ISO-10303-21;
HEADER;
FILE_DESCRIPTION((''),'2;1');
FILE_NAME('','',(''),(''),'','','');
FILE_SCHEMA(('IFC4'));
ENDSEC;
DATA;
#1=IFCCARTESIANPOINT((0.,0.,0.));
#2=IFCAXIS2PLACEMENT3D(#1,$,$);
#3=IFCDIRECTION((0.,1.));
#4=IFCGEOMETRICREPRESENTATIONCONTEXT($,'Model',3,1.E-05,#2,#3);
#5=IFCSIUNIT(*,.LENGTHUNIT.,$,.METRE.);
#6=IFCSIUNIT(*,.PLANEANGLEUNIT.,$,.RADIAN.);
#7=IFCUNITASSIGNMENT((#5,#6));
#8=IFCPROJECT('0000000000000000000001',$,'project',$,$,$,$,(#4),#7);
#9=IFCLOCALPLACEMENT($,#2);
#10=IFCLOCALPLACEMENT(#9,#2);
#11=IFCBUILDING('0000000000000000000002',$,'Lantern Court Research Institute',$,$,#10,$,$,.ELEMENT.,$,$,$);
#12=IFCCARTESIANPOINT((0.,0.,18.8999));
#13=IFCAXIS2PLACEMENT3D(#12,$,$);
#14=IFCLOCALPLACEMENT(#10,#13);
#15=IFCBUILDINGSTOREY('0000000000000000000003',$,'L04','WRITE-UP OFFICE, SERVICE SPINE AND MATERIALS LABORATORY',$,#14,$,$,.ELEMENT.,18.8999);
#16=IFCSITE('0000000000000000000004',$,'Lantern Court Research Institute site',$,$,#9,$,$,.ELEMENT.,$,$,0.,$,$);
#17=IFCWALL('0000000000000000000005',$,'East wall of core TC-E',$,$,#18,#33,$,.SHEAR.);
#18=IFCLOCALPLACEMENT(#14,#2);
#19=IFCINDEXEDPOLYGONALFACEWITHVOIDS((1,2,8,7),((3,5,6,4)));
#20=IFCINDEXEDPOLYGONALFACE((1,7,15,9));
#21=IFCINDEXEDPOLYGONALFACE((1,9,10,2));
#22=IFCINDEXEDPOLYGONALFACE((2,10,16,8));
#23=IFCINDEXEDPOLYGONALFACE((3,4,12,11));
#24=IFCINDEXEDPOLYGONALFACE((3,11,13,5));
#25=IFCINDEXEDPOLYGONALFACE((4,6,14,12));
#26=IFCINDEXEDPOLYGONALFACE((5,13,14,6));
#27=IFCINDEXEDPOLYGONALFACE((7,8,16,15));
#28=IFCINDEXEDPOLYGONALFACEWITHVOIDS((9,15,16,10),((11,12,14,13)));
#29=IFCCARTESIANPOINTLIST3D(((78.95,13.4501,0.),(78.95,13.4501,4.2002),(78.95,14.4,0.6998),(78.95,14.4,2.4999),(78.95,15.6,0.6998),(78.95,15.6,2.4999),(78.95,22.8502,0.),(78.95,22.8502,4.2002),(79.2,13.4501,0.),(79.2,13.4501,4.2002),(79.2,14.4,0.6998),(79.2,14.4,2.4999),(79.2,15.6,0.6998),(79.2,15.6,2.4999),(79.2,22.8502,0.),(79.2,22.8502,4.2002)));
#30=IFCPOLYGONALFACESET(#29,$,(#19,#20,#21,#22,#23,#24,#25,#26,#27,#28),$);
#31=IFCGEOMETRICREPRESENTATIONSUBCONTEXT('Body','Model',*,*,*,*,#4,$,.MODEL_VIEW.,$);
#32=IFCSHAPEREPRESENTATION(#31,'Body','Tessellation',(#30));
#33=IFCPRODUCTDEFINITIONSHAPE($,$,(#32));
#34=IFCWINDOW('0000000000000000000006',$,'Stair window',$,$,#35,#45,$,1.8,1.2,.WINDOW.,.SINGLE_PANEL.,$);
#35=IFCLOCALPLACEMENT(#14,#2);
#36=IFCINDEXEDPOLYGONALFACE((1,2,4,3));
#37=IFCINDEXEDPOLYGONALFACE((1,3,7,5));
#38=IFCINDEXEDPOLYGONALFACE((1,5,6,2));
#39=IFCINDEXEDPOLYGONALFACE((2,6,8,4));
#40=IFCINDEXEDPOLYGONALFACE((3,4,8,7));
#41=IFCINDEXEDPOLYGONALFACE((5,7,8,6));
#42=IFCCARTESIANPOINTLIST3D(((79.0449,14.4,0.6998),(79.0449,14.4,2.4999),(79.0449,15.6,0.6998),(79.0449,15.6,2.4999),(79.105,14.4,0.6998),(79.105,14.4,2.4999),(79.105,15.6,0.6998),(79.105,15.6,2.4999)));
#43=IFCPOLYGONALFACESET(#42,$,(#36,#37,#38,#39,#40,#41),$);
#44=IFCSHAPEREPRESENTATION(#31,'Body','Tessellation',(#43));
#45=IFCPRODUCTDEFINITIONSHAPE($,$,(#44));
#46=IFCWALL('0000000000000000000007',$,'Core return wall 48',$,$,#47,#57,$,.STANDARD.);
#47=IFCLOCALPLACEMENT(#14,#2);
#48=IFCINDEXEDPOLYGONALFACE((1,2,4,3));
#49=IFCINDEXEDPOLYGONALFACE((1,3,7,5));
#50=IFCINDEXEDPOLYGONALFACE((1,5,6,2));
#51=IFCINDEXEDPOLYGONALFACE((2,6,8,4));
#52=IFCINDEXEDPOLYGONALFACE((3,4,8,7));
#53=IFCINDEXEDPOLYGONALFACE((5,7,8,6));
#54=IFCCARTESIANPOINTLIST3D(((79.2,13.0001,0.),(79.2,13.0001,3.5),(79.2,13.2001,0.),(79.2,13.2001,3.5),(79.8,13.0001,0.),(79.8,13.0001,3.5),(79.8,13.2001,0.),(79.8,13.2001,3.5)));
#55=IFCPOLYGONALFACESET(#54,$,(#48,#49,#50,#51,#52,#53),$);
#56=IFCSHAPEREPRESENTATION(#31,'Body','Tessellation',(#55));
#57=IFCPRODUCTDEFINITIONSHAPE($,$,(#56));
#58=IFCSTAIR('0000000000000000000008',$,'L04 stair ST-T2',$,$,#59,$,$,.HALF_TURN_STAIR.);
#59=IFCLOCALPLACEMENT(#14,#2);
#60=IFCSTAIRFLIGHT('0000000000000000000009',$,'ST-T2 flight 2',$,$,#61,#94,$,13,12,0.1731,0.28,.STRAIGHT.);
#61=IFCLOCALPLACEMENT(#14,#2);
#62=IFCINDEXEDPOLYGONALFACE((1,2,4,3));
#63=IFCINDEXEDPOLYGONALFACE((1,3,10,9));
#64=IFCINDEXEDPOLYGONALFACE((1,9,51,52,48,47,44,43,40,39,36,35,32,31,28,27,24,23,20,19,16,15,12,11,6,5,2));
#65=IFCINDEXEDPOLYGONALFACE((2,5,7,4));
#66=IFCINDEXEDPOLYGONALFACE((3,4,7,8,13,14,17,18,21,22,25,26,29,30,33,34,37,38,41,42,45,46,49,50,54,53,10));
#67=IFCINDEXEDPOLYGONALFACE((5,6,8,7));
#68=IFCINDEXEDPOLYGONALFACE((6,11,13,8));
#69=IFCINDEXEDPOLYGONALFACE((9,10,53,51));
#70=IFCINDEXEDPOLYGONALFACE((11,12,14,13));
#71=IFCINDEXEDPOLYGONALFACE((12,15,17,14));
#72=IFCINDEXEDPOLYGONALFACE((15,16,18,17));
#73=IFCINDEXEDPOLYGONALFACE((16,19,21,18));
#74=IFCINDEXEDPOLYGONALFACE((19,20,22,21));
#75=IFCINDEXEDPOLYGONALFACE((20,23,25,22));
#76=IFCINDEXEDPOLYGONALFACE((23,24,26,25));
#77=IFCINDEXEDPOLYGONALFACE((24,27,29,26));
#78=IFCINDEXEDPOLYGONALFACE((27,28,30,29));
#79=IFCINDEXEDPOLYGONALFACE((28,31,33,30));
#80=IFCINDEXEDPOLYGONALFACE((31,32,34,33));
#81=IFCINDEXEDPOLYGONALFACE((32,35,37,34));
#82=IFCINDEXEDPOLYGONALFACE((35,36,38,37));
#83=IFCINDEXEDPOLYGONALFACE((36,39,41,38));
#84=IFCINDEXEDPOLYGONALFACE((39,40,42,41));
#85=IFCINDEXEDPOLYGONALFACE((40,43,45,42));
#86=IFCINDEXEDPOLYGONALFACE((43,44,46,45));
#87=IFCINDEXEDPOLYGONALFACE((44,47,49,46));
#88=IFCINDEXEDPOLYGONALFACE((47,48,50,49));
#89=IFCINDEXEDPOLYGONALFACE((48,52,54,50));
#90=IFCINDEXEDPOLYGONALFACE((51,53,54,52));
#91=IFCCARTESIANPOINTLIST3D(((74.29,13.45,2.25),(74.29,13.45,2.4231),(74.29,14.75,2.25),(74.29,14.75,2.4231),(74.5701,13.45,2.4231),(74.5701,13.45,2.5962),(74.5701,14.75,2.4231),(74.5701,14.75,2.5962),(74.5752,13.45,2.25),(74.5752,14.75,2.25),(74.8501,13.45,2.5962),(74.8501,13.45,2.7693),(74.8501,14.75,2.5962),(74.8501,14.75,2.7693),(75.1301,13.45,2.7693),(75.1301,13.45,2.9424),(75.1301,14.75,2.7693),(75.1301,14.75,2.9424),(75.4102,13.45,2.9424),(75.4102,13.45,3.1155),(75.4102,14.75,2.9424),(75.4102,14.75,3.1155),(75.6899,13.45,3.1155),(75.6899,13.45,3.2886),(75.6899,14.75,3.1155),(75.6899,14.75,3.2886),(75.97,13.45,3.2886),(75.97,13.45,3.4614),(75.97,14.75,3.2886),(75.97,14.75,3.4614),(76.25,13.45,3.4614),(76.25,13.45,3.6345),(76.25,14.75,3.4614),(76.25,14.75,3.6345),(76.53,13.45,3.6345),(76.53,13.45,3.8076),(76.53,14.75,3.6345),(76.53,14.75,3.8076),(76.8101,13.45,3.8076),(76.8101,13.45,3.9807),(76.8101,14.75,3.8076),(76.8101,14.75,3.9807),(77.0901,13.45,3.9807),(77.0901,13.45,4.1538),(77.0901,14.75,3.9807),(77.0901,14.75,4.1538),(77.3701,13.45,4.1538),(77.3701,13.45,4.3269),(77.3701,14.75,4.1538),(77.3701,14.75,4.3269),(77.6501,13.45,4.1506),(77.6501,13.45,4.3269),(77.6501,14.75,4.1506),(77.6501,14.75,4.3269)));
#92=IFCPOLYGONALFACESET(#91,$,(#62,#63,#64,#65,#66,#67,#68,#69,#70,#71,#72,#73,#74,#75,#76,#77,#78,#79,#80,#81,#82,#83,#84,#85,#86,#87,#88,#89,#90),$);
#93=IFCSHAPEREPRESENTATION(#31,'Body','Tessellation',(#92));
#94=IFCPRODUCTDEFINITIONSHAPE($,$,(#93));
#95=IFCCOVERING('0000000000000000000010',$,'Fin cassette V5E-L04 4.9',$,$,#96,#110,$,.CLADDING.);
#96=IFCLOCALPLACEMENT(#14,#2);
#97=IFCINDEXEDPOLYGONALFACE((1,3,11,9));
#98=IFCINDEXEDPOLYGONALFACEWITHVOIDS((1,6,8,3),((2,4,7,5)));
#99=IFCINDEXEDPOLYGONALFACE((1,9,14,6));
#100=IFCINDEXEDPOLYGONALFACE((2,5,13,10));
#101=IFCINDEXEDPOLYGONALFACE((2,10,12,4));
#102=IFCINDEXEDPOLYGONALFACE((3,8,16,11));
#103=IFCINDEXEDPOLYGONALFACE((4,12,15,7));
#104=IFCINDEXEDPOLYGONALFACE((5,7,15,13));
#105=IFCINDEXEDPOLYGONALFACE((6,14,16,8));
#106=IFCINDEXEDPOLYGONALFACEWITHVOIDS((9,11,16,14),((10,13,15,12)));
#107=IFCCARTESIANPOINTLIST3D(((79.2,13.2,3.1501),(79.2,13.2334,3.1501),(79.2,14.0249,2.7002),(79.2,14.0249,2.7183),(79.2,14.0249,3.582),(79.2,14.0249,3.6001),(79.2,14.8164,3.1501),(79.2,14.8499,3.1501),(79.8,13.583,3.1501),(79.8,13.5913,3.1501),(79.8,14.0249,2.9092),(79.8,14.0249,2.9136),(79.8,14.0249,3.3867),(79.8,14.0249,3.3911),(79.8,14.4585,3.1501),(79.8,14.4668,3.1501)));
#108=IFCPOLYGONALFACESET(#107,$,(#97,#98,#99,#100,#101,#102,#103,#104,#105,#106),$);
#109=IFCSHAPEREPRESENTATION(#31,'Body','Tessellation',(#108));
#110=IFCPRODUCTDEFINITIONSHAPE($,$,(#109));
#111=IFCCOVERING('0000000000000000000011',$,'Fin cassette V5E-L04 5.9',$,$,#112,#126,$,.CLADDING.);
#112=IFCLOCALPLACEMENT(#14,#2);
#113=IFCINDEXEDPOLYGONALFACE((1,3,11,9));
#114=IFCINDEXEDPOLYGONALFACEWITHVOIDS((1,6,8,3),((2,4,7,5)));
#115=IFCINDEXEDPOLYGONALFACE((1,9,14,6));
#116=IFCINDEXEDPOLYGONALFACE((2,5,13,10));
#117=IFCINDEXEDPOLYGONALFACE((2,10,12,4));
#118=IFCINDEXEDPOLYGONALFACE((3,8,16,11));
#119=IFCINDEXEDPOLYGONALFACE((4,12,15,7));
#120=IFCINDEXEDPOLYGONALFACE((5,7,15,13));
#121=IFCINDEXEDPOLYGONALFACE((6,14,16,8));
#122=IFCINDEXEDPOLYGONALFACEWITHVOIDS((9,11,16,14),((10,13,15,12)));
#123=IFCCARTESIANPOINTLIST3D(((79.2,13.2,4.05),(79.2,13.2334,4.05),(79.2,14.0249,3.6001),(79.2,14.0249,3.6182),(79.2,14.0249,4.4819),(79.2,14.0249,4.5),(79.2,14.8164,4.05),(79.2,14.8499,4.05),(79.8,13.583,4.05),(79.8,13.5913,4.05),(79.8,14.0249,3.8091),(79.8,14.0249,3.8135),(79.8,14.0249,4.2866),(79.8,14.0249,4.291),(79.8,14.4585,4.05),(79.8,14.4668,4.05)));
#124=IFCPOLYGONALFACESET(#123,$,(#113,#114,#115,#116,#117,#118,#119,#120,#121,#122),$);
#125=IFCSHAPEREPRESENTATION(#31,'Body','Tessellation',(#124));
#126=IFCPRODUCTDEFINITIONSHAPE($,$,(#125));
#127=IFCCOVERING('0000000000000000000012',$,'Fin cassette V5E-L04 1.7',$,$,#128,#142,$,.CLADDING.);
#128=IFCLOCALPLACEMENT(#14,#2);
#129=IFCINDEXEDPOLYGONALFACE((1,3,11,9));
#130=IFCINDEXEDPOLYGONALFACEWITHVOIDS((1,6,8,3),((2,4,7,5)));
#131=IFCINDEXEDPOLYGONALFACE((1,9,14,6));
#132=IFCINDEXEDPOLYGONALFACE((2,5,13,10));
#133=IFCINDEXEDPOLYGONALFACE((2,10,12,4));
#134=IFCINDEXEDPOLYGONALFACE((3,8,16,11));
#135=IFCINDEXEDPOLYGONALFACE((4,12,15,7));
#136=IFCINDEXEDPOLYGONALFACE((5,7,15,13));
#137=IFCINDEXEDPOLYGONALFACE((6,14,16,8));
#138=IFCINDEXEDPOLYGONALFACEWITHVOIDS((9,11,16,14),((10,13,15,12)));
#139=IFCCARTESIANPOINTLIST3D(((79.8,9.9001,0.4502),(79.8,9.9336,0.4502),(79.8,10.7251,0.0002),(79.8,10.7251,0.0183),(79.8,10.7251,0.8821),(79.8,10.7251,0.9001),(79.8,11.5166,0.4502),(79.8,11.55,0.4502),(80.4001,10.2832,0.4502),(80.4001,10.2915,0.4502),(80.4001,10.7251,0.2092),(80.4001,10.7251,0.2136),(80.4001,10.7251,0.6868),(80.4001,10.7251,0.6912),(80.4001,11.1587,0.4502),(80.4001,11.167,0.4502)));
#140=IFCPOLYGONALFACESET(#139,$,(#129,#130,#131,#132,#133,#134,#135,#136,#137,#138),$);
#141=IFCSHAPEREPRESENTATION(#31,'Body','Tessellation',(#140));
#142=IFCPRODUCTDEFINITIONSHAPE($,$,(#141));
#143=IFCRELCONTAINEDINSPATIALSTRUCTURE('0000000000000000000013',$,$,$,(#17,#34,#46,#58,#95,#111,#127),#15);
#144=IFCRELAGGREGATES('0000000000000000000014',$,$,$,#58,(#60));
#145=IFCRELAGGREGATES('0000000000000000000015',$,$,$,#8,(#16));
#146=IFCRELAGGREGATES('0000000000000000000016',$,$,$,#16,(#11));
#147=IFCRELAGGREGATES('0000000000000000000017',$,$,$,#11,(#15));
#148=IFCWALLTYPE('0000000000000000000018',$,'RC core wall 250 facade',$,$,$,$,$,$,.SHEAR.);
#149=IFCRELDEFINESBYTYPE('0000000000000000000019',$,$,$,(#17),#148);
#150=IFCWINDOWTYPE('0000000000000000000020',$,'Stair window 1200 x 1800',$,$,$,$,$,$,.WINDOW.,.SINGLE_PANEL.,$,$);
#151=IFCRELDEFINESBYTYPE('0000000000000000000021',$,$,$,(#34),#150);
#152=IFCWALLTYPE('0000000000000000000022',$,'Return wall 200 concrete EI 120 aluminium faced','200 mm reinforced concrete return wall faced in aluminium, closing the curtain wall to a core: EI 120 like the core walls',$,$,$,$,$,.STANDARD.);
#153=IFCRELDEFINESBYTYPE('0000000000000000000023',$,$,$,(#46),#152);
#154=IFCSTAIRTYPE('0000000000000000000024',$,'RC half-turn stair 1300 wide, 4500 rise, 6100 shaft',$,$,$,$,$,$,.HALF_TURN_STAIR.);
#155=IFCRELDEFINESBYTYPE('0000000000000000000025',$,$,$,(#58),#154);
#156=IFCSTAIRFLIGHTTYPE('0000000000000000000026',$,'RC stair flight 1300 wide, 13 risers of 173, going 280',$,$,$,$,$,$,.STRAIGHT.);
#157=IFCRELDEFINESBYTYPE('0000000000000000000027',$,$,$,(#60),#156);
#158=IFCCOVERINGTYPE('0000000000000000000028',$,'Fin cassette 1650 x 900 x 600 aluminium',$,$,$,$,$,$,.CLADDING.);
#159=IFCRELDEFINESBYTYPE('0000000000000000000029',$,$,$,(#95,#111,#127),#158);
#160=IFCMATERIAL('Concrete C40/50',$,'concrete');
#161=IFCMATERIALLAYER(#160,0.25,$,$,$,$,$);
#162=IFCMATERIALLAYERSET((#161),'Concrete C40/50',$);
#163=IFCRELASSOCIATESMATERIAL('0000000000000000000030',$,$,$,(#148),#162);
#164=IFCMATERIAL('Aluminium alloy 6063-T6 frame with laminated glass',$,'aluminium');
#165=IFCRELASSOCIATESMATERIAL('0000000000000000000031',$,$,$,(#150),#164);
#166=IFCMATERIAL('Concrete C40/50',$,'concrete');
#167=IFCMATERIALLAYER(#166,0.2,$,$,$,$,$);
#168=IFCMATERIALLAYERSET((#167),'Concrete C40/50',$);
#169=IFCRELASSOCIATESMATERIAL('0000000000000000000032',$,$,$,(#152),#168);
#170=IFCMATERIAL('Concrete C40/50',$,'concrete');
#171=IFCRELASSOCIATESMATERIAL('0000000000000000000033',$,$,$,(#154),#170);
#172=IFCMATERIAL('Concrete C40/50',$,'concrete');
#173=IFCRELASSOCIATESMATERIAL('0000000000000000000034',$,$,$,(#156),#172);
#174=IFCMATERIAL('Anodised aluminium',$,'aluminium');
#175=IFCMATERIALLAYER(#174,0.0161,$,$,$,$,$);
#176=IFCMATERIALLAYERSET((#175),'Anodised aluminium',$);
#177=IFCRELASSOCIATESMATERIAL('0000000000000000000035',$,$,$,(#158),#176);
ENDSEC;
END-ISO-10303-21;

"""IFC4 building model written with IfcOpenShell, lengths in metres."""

from ifc_helpers import new_model, entity, si_unit, direction, frame, frame_2d, origin, place, context, subcontext, project, spatial, polyline, rectangle, outline, extrude, material, layer, layer_set, type_object, element, fill, aggregate, save


model = new_model("IFC4")

# Units and contexts
model_context = context("Model", 3, precision=1e-05, world=origin(), true_north=direction((0.0, 1.0)))
body_context = subcontext(model_context, "Body", "Model", "MODEL_VIEW")
ifc_project = project(units=[si_unit("LENGTHUNIT", "METRE"), si_unit("PLANEANGLEUNIT", "RADIAN")], contexts=[model_context])

# Site, building, storey
site_placement = place(None, origin())
site = spatial("IfcSite", under=ifc_project, at=site_placement, Name="Lantern Court Research Institute site", CompositionType="ELEMENT", RefElevation=0.0)
building_placement = place(site_placement, origin())
building = spatial("IfcBuilding", under=site, at=building_placement, Name="Lantern Court Research Institute", CompositionType="ELEMENT")
storey_placement = place(building_placement, frame((0.0, 0.0, 18.8999)))
storey = spatial("IfcBuildingStorey", under=building, at=storey_placement, Name="L04", Description="WRITE-UP OFFICE, SERVICE SPINE AND MATERIALS LABORATORY", CompositionType="ELEMENT", Elevation=18.8999)

# Wall, opening, window
ifc_material_1 = material(Name="Concrete C40/50", Category="concrete")
ifc_layer_1 = layer(ifc_material_1, 0.25)
ifc_layer_set_1 = layer_set([ifc_layer_1], Name="Concrete C40/50")
wall_type_1 = type_object("IfcWallType", Name="RC core wall 250 facade", PredefinedType="SHEAR", material=ifc_layer_set_1)
wall_1_placement = place(storey_placement, frame((79.075, 13.45, 0.0), z_axis=(0.0, 0.0, 1.0), x_axis=(0.0, 1.0, 0.0)))
wall_1 = element("IfcWall", 1, at=wall_1_placement, inside=storey, type_object=wall_type_1, Name="East wall of core TC-E", PredefinedType="SHEAR", context=body_context, shape_type="SweptSolid", body=[
    extrude(rectangle(XDim=9.4001, YDim=0.25, at=frame_2d((4.7002, 0.0))), origin(), (0.0, 0.0, 1.0), 4.2002),
])
opening_1_placement = place(wall_1_placement, frame((0.95, 0.0, 0.7)))
opening_1 = element("IfcOpeningElement", 2, at=opening_1_placement, cuts=wall_1, PredefinedType="OPENING", context=body_context, shape_type="SweptSolid", body=[
    extrude(rectangle(XDim=1.2, YDim=1.8, at=frame_2d((0.6001, 0.8999))), frame((0.0, 0.135, 0.0), z_axis=(0.0, -1.0, 0.0), x_axis=(1.0, 0.0, 0.0)), (0.0, 0.0, 1.0), 0.27),
])
ifc_material_2 = material(Name="Aluminium alloy 6063-T6 frame with laminated glass", Category="aluminium")
window_type = type_object("IfcWindowType", Name="Stair window 1200 x 1800", PartitioningType="SINGLE_PANEL", PredefinedType="WINDOW", material=ifc_material_2)
window_placement = place(opening_1_placement, origin())
window = element("IfcWindow", 3, at=window_placement, inside=storey, type_object=window_type, Name="Stair window", OverallHeight=1.8, OverallWidth=1.2, PartitioningType="SINGLE_PANEL", PredefinedType="WINDOW", context=body_context, shape_type="SweptSolid", body=[
    extrude(rectangle(XDim=1.2, YDim=1.8, at=frame_2d((0.6001, 0.8999))), frame((0.0, 0.03, 0.0), z_axis=(0.0, -1.0, 0.0), x_axis=(1.0, 0.0, 0.0)), (0.0, 0.0, 1.0), 0.0601),
])
fill(opening_1, window)

# Wall
ifc_material_3 = material(Name="Concrete C40/50", Category="concrete")
ifc_layer_2 = layer(ifc_material_3, 0.2)
ifc_layer_set_2 = layer_set([ifc_layer_2], Name="Concrete C40/50")
wall_type_2 = type_object("IfcWallType", Name="Return wall 200 concrete EI 120 aluminium faced", Description="200 mm reinforced concrete return wall faced in aluminium, closing the curtain wall to a core: EI 120 like the core walls", PredefinedType="STANDARD", material=ifc_layer_set_2)
wall_2_placement = place(storey_placement, frame((79.2, 13.1001, 0.0), z_axis=(0.0, 0.0, 1.0), x_axis=(1.0, 0.0, 0.0)))
element("IfcWall", 4, at=wall_2_placement, inside=storey, type_object=wall_type_2, Name="Core return wall 48", PredefinedType="STANDARD", context=body_context, shape_type="SweptSolid", body=[
    extrude(rectangle(XDim=0.6001, YDim=0.2, at=frame_2d((0.3, 0.0))), origin(), (0.0, 0.0, 1.0), 3.5),
])

# Stair, stair flight
ifc_material_4 = material(Name="Concrete C40/50", Category="concrete")
stair_type = type_object("IfcStairType", Name="RC half-turn stair 1300 wide, 4500 rise, 6100 shaft", PredefinedType="HALF_TURN_STAIR", material=ifc_material_4)
stair_placement = place(storey_placement, origin())
stair = element("IfcStair", 5, at=stair_placement, inside=storey, type_object=stair_type, Name="L04 stair ST-T2", PredefinedType="HALF_TURN_STAIR")
ifc_material_5 = material(Name="Concrete C40/50", Category="concrete")
stair_flight_type = type_object("IfcStairFlightType", Name="RC stair flight 1300 wide, 13 risers of 173, going 280", PredefinedType="STRAIGHT", material=ifc_material_5)
stair_flight_placement = place(storey_placement, frame((74.29, 14.1001, 2.25), z_axis=(0.0, 0.0, 1.0), x_axis=(1.0, 0.0, 0.0)))
stair_flight = element("IfcStairFlight", 6, at=stair_flight_placement, type_object=stair_flight_type, Name="ST-T2 flight 2", NumberOfRisers=13, NumberOfTreads=12, PredefinedType="STRAIGHT", RiserHeight=0.1731, TreadLength=0.28, context=body_context, shape_type="SweptSolid", body=[
    extrude(outline(polyline([(0.0, 0.0), (0.0, 0.1731), (0.28, 0.1731), (0.28, 0.3462), (0.5601, 0.3462), (0.5601, 0.5193), (0.8401, 0.5193), (0.8401, 0.6924), (1.1201, 0.6924), (1.1201, 0.8655), (1.3999, 0.8655), (1.3999, 1.0386), (1.6799, 1.0386), (1.6799, 1.2114), (1.96, 1.2114), (1.96, 1.3845), (2.24, 1.3845), (2.24, 1.5576), (2.52, 1.5576), (2.52, 1.7307), (2.8, 1.7307), (2.8, 1.9038), (3.0801, 1.9038), (3.0801, 2.0769), (3.3601, 2.0769), (3.3601, 2.25), (3.3601, 1.9006), (0.2852, 0.0), (0.0, 0.0)])), frame((0.0, 0.6499, 0.0), z_axis=(0.0, -1.0, 0.0), x_axis=(1.0, 0.0, 0.0)), (0.0, 0.0, 1.0), 1.3),
])
aggregate(stair, [stair_flight])

# Coverings
ifc_material_6 = material(Name="Anodised aluminium", Category="aluminium")
ifc_layer_3 = layer(ifc_material_6, 0.0161)
ifc_layer_set_3 = layer_set([ifc_layer_3], Name="Anodised aluminium")
covering_type = type_object("IfcCoveringType", Name="Fin cassette 1650 x 900 x 600 aluminium", PredefinedType="CLADDING", material=ifc_layer_set_3)
covering_1_placement = place(storey_placement, frame((79.2, 14.0249, 3.1501), z_axis=(1.0, 0.0, 0.0), x_axis=(0.0, 1.0, 0.0)))
cartesian_point_1 = entity("IfcCartesianPoint", [0.825, 0.0])
cartesian_point_2 = entity("IfcCartesianPoint", [0.7915, 0.0])
cartesian_point_3 = entity("IfcCartesianPoint", [0.4419, 0.0])
cartesian_point_4 = entity("IfcCartesianPoint", [0.4336, 0.0])
element("IfcCovering", 7, at=covering_1_placement, inside=storey, type_object=covering_type, Name="Fin cassette V5E-L04 4.9", PredefinedType="CLADDING", context=body_context, shape_type="SweptSolid", body=[
    entity("IfcExtrudedAreaSolidTapered", entity("IfcArbitraryProfileDefWithVoids", "AREA", None, entity("IfcPolyline", [cartesian_point_1, entity("IfcCartesianPoint", [0.0, 0.45]), entity("IfcCartesianPoint", [-0.825, 0.0]), entity("IfcCartesianPoint", [0.0, -0.45]), cartesian_point_1]), [entity("IfcPolyline", [cartesian_point_2, entity("IfcCartesianPoint", [0.0, 0.4319]), entity("IfcCartesianPoint", [-0.7915, 0.0]), entity("IfcCartesianPoint", [0.0, -0.4319]), cartesian_point_2])]), entity("IfcAxis2Placement3D", entity("IfcCartesianPoint", [0.0, 0.0, 0.0])), entity("IfcDirection", [0.0, 0.0, 1.0]), 0.6001, entity("IfcArbitraryProfileDefWithVoids", "AREA", None, entity("IfcPolyline", [cartesian_point_3, entity("IfcCartesianPoint", [0.0, 0.241]), entity("IfcCartesianPoint", [-0.4419, 0.0]), entity("IfcCartesianPoint", [0.0, -0.241]), cartesian_point_3]), [entity("IfcPolyline", [cartesian_point_4, entity("IfcCartesianPoint", [0.0, 0.2366]), entity("IfcCartesianPoint", [-0.4336, 0.0]), entity("IfcCartesianPoint", [0.0, -0.2366]), cartesian_point_4])])),
])
covering_2_placement = place(storey_placement, frame((79.2, 14.0249, 4.05), z_axis=(1.0, 0.0, 0.0), x_axis=(0.0, 1.0, 0.0)))
cartesian_point_5 = entity("IfcCartesianPoint", [0.825, 0.0])
cartesian_point_6 = entity("IfcCartesianPoint", [0.7915, 0.0])
cartesian_point_7 = entity("IfcCartesianPoint", [0.4419, 0.0])
cartesian_point_8 = entity("IfcCartesianPoint", [0.4336, 0.0])
element("IfcCovering", 8, at=covering_2_placement, inside=storey, type_object=covering_type, Name="Fin cassette V5E-L04 5.9", PredefinedType="CLADDING", context=body_context, shape_type="SweptSolid", body=[
    entity("IfcExtrudedAreaSolidTapered", entity("IfcArbitraryProfileDefWithVoids", "AREA", None, entity("IfcPolyline", [cartesian_point_5, entity("IfcCartesianPoint", [0.0, 0.45]), entity("IfcCartesianPoint", [-0.825, 0.0]), entity("IfcCartesianPoint", [0.0, -0.45]), cartesian_point_5]), [entity("IfcPolyline", [cartesian_point_6, entity("IfcCartesianPoint", [0.0, 0.4319]), entity("IfcCartesianPoint", [-0.7915, 0.0]), entity("IfcCartesianPoint", [0.0, -0.4319]), cartesian_point_6])]), entity("IfcAxis2Placement3D", entity("IfcCartesianPoint", [0.0, 0.0, 0.0])), entity("IfcDirection", [0.0, 0.0, 1.0]), 0.6001, entity("IfcArbitraryProfileDefWithVoids", "AREA", None, entity("IfcPolyline", [cartesian_point_7, entity("IfcCartesianPoint", [0.0, 0.241]), entity("IfcCartesianPoint", [-0.4419, 0.0]), entity("IfcCartesianPoint", [0.0, -0.241]), cartesian_point_7]), [entity("IfcPolyline", [cartesian_point_8, entity("IfcCartesianPoint", [0.0, 0.2366]), entity("IfcCartesianPoint", [-0.4336, 0.0]), entity("IfcCartesianPoint", [0.0, -0.2366]), cartesian_point_8])])),
])
covering_3_placement = place(storey_placement, frame((79.8, 10.7251, 0.4502), z_axis=(1.0, 0.0, 0.0), x_axis=(0.0, 1.0, 0.0)))
cartesian_point_9 = entity("IfcCartesianPoint", [0.825, 0.0])
cartesian_point_10 = entity("IfcCartesianPoint", [0.7915, 0.0])
cartesian_point_11 = entity("IfcCartesianPoint", [0.4419, 0.0])
cartesian_point_12 = entity("IfcCartesianPoint", [0.4336, 0.0])
element("IfcCovering", 9, at=covering_3_placement, inside=storey, type_object=covering_type, Name="Fin cassette V5E-L04 1.7", PredefinedType="CLADDING", context=body_context, shape_type="SweptSolid", body=[
    entity("IfcExtrudedAreaSolidTapered", entity("IfcArbitraryProfileDefWithVoids", "AREA", None, entity("IfcPolyline", [cartesian_point_9, entity("IfcCartesianPoint", [0.0, 0.45]), entity("IfcCartesianPoint", [-0.825, 0.0]), entity("IfcCartesianPoint", [0.0, -0.45]), cartesian_point_9]), [entity("IfcPolyline", [cartesian_point_10, entity("IfcCartesianPoint", [0.0, 0.4319]), entity("IfcCartesianPoint", [-0.7915, 0.0]), entity("IfcCartesianPoint", [0.0, -0.4319]), cartesian_point_10])]), entity("IfcAxis2Placement3D", entity("IfcCartesianPoint", [0.0, 0.0, 0.0])), entity("IfcDirection", [0.0, 0.0, 1.0]), 0.6001, entity("IfcArbitraryProfileDefWithVoids", "AREA", None, entity("IfcPolyline", [cartesian_point_11, entity("IfcCartesianPoint", [0.0, 0.241]), entity("IfcCartesianPoint", [-0.4419, 0.0]), entity("IfcCartesianPoint", [0.0, -0.241]), cartesian_point_11]), [entity("IfcPolyline", [cartesian_point_12, entity("IfcCartesianPoint", [0.0, 0.2366]), entity("IfcCartesianPoint", [-0.4336, 0.0]), entity("IfcCartesianPoint", [0.0, -0.2366]), cartesian_point_12])])),
])

save(model, "model.ifc")
